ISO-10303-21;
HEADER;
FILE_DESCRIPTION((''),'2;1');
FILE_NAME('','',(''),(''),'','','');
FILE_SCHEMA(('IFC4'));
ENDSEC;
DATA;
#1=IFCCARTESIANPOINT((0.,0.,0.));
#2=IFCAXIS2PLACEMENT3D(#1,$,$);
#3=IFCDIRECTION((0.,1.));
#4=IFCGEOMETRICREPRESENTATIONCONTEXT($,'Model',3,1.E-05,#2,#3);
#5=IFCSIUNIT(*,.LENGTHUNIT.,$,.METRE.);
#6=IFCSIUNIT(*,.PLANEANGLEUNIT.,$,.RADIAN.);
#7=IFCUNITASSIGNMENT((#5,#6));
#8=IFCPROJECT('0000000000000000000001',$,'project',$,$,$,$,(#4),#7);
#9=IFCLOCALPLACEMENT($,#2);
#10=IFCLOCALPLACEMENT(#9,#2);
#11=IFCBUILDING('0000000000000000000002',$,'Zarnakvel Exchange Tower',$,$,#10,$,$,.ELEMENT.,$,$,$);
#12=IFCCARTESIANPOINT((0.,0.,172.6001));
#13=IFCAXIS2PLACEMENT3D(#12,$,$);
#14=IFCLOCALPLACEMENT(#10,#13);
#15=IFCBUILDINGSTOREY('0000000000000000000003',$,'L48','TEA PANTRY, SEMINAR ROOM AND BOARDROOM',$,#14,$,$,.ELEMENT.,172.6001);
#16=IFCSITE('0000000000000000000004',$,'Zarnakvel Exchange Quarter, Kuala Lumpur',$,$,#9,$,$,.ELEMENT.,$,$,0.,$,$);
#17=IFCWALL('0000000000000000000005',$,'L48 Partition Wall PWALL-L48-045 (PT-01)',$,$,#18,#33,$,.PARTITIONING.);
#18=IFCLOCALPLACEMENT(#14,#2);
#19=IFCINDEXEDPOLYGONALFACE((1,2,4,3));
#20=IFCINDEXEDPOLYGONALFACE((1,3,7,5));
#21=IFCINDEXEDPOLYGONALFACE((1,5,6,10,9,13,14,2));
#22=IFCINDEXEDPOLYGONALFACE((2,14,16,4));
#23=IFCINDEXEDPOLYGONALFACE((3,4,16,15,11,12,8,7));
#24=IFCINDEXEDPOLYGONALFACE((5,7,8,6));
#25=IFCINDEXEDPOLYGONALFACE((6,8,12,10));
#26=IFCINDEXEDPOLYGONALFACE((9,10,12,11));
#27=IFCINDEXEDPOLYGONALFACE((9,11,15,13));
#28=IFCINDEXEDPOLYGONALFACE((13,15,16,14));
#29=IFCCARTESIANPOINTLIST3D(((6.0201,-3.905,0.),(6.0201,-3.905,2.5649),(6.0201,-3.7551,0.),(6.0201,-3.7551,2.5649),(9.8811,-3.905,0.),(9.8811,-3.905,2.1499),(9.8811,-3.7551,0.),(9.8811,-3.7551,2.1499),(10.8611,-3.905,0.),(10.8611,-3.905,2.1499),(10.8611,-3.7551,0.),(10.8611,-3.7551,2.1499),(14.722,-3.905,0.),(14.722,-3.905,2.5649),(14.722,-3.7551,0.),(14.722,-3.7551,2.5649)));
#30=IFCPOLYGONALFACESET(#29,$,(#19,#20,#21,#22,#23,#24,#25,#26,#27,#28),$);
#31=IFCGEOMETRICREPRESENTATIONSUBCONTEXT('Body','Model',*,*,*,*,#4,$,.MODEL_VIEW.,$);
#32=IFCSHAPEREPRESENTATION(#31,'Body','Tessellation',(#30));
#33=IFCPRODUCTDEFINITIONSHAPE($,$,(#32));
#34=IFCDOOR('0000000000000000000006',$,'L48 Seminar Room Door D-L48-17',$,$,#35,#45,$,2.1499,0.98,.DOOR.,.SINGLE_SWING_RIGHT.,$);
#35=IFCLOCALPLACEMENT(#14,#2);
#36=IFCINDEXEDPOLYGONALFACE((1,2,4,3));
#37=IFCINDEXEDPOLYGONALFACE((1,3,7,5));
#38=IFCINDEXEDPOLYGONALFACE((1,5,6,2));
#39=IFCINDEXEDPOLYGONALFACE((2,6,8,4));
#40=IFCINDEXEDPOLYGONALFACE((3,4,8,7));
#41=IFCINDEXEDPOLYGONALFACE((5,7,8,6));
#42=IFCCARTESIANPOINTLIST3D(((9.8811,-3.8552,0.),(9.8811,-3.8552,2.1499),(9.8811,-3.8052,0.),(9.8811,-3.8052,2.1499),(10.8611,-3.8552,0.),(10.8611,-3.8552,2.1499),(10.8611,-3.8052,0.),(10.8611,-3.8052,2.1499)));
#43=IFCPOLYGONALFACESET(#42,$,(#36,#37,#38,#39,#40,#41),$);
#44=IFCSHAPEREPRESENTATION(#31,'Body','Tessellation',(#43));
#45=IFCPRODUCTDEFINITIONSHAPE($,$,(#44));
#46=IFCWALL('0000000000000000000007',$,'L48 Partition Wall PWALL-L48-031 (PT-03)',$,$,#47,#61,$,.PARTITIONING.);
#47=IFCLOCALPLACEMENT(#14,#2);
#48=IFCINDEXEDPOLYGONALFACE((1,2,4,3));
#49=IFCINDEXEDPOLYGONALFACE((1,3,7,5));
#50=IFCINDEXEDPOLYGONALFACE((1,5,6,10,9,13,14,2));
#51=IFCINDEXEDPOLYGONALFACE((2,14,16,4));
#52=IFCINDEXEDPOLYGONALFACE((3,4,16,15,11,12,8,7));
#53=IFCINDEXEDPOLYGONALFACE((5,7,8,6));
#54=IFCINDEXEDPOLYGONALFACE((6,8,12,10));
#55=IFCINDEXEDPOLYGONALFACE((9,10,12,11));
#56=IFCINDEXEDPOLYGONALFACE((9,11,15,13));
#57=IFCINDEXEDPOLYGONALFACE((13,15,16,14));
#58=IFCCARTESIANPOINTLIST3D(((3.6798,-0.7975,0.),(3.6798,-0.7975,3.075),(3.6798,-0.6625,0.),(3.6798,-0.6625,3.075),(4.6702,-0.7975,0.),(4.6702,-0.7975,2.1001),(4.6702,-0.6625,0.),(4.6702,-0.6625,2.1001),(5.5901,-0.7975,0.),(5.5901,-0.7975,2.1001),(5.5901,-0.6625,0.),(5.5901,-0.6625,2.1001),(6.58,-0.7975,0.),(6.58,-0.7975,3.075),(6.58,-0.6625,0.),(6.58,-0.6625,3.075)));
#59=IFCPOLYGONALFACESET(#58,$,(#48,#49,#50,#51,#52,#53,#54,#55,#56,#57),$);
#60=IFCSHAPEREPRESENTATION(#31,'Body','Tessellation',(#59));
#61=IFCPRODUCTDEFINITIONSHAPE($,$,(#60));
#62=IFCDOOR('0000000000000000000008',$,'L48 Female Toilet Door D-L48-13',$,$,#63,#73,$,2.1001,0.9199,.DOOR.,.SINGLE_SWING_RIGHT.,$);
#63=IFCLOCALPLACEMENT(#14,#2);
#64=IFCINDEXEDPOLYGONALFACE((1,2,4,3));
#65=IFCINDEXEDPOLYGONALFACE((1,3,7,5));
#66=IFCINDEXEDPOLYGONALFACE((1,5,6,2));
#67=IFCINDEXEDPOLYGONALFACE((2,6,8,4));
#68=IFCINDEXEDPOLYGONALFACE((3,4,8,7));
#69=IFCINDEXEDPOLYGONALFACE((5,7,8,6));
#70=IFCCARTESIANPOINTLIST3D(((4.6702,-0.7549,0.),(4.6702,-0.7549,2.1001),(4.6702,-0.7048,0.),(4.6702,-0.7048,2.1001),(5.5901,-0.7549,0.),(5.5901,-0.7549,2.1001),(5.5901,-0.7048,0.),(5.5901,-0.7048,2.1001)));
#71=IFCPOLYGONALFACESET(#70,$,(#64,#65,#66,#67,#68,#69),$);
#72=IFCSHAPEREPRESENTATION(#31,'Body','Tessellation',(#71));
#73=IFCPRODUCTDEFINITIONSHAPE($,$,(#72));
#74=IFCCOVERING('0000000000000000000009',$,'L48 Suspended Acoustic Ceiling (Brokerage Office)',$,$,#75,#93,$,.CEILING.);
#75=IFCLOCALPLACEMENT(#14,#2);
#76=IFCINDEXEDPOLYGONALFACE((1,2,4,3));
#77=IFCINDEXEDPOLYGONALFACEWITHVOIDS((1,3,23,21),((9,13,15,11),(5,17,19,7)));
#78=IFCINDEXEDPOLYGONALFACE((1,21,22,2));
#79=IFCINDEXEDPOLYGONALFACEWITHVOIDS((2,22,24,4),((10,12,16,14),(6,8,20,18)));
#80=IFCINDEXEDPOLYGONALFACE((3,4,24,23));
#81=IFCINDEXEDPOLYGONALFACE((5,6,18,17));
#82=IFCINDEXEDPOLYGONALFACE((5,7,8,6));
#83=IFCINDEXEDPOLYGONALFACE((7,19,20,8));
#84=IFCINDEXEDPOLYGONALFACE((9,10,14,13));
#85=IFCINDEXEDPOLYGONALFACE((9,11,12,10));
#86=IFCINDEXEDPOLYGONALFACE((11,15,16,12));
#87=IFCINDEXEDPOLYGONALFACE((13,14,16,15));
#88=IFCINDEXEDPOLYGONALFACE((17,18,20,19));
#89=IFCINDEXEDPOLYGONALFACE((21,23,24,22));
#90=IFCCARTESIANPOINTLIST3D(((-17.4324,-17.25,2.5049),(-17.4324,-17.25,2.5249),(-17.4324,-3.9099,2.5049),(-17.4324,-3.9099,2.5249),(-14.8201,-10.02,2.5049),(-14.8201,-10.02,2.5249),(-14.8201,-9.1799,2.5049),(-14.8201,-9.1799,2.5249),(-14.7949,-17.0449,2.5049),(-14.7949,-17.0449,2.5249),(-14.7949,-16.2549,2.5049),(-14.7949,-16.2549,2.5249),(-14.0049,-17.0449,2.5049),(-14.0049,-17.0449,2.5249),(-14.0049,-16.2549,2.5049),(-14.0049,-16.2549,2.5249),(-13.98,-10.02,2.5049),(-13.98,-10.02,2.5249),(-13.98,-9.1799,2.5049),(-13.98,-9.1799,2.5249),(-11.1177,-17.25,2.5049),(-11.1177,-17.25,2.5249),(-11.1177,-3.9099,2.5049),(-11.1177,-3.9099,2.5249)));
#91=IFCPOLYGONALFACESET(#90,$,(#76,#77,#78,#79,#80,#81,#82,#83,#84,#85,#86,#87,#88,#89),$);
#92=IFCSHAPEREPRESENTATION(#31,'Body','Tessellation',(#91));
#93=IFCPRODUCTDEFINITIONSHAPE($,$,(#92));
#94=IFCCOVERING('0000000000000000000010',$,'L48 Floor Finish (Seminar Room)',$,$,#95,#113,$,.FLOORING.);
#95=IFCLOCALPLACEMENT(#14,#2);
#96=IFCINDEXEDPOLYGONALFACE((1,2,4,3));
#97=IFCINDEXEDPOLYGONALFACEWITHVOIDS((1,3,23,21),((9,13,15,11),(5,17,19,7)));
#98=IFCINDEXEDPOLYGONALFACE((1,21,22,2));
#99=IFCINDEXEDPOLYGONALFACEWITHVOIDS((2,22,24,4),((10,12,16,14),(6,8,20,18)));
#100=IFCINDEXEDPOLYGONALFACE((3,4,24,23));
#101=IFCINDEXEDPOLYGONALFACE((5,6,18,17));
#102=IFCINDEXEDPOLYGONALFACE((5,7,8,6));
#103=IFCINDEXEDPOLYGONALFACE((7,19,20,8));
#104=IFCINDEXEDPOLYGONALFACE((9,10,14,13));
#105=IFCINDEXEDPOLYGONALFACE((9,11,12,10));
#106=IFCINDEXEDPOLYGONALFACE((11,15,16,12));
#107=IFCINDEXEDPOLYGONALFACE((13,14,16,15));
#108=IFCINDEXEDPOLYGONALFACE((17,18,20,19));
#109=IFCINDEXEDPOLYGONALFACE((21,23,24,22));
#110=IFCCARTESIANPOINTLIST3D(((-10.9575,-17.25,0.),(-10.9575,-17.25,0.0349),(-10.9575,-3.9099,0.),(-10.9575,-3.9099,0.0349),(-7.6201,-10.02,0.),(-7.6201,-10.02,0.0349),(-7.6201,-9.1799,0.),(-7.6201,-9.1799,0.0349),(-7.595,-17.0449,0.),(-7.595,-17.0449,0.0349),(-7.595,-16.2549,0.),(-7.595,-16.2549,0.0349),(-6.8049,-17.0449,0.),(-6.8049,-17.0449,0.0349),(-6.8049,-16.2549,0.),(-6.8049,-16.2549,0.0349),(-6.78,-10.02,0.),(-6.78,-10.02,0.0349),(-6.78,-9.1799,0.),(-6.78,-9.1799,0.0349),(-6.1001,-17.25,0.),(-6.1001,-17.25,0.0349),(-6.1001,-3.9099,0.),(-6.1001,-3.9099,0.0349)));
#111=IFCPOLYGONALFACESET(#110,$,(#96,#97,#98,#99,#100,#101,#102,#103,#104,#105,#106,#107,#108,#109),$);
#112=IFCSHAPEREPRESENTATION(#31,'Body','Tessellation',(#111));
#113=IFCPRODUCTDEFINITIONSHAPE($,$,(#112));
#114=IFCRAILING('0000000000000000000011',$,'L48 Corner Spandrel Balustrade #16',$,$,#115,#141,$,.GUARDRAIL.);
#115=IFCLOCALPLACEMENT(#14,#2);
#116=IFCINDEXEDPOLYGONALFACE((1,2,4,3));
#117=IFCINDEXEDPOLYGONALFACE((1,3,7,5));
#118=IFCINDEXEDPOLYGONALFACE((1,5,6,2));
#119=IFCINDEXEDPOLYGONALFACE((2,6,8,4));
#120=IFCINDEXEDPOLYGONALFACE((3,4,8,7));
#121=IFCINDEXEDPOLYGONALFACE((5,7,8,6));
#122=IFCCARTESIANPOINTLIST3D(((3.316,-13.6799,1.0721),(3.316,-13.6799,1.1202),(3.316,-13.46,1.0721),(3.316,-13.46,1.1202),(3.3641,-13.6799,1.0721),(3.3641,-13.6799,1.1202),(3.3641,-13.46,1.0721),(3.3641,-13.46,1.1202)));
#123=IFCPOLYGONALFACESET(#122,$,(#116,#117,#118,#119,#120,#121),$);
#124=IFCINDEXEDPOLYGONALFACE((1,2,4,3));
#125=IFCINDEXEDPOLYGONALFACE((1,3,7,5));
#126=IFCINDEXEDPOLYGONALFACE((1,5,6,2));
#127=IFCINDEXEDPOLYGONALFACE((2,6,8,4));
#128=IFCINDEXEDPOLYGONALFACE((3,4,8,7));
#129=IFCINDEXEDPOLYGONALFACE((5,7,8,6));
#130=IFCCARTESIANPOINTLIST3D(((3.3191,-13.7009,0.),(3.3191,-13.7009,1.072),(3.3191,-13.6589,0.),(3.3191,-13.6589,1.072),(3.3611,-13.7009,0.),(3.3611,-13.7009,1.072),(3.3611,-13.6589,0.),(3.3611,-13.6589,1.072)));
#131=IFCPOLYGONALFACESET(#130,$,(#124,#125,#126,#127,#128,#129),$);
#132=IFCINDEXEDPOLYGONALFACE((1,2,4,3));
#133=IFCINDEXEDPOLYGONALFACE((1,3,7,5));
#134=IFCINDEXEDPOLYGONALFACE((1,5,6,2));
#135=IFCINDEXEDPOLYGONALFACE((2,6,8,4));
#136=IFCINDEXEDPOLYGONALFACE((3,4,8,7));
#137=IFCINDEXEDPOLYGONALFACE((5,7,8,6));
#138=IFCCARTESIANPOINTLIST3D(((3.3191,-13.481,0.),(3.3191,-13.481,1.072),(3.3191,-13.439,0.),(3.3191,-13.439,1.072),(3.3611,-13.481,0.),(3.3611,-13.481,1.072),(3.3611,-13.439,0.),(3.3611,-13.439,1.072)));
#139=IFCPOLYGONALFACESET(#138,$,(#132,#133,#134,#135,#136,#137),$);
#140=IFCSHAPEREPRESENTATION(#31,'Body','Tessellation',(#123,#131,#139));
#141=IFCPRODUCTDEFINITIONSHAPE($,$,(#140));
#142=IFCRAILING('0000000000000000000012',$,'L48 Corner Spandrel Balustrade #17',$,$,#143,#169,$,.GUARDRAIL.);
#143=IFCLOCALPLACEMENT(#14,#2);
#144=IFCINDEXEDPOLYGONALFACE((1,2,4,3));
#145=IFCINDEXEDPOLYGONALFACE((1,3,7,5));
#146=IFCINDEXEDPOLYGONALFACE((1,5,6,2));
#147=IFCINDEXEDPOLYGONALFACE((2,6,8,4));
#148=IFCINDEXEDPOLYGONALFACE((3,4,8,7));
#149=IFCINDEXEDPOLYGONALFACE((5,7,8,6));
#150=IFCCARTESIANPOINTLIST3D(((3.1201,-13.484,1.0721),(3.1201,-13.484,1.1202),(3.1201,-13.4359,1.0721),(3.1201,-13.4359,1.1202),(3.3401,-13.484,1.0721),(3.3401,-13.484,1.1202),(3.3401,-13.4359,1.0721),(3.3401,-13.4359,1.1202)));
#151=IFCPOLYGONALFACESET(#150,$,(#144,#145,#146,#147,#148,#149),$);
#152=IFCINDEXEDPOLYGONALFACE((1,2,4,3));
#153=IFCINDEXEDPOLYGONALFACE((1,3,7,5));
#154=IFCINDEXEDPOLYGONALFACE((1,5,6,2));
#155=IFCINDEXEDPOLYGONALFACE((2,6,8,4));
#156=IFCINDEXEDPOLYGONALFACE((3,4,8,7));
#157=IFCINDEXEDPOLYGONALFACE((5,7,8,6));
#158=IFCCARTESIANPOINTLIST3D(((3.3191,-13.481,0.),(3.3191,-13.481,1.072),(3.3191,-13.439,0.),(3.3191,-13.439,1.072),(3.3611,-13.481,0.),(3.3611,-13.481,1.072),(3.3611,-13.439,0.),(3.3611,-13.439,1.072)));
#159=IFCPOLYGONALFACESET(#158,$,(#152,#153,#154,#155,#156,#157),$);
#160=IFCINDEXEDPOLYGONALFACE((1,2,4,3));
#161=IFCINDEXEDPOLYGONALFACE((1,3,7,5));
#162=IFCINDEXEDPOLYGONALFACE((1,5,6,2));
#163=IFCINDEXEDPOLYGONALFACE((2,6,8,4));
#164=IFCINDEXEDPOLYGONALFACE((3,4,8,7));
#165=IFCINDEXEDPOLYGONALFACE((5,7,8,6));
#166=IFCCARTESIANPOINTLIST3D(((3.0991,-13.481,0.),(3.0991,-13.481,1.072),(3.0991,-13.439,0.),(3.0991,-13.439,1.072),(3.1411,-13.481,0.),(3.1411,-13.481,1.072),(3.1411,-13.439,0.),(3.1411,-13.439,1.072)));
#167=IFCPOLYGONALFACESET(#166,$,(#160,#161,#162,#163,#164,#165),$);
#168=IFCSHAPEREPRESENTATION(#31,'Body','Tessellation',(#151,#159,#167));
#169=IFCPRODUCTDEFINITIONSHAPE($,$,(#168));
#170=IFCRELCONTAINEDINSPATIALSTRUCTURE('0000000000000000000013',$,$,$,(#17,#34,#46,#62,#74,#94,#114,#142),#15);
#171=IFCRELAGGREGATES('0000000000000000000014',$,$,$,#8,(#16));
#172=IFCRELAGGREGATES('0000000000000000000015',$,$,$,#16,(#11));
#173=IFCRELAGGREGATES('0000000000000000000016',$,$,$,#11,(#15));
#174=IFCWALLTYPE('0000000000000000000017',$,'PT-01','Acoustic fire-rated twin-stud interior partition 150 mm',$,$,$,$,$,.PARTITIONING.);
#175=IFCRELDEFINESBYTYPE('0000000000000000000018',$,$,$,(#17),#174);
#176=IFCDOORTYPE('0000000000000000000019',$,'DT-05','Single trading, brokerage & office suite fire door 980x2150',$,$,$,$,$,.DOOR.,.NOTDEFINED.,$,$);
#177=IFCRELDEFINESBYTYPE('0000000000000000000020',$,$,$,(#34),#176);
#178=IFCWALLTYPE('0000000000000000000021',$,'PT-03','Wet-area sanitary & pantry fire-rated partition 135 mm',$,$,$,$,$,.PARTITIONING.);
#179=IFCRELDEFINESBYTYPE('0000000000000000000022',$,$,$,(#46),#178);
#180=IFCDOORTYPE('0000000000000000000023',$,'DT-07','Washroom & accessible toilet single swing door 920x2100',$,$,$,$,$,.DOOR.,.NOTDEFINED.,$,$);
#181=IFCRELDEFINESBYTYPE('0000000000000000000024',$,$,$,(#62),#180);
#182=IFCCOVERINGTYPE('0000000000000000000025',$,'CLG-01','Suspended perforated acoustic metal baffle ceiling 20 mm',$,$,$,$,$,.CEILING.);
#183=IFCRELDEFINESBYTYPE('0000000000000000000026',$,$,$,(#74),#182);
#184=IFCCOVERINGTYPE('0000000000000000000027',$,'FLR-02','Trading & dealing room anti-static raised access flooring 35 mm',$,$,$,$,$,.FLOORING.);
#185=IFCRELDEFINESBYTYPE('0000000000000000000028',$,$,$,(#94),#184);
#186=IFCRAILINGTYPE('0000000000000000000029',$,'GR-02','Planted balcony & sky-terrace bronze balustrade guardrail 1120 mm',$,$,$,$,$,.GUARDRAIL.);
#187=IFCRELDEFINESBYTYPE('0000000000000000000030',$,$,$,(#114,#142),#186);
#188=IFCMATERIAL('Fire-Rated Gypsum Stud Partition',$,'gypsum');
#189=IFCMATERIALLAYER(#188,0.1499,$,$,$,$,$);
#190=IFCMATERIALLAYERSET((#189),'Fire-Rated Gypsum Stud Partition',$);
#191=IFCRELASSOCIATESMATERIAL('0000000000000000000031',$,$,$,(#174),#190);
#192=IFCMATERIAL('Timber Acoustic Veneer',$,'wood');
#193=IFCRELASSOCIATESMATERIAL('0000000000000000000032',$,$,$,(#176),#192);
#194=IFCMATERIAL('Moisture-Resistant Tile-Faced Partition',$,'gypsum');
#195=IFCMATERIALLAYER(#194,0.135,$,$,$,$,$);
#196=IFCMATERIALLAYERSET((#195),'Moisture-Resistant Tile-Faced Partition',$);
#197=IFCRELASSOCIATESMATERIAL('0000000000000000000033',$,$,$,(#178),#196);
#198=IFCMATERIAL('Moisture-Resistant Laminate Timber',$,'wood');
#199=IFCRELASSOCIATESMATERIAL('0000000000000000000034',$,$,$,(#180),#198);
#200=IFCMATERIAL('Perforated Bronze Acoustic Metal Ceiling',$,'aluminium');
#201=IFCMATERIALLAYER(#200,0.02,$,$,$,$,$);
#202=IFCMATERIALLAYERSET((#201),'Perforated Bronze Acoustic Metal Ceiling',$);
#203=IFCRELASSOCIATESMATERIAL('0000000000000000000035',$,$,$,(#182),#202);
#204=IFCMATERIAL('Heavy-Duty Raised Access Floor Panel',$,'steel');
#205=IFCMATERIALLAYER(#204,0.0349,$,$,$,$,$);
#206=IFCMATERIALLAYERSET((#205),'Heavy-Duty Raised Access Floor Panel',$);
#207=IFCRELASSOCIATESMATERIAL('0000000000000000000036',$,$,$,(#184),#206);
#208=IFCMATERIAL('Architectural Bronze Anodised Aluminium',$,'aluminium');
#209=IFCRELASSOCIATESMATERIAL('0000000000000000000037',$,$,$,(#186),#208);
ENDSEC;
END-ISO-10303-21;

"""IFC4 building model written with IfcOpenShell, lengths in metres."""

from ifc_helpers import new_model, si_unit, direction, frame, frame_2d, origin, origin_2d, place, context, subcontext, project, spatial, polyline, rectangle, outline, extrude, source, transform, mapped, material, layer, layer_set, type_object, element, fill, save


model = new_model("IFC4")

# Units and contexts
model_context = context("Model", 3, precision=1e-05, world=origin(), true_north=direction((0.0, 1.0)))
body_context = subcontext(model_context, "Body", "Model", "MODEL_VIEW")
ifc_project = project(units=[si_unit("LENGTHUNIT", "METRE"), si_unit("PLANEANGLEUNIT", "RADIAN")], contexts=[model_context])

# Site, building, storey
site_placement = place(None, origin())
site = spatial("IfcSite", under=ifc_project, at=site_placement, Name="Zarnakvel Exchange Quarter, Kuala Lumpur", CompositionType="ELEMENT", RefElevation=0.0)
building_placement = place(site_placement, origin())
building = spatial("IfcBuilding", under=site, at=building_placement, Name="Zarnakvel Exchange Tower", CompositionType="ELEMENT")
storey_placement = place(building_placement, frame((0.0, 0.0, 172.6001)))
storey = spatial("IfcBuildingStorey", under=building, at=storey_placement, Name="L48", Description="TEA PANTRY, SEMINAR ROOM AND BOARDROOM", CompositionType="ELEMENT", Elevation=172.6001)

# Shared definitions
ifc_material_1 = material(Name="Architectural Bronze Anodised Aluminium", Category="aluminium")

# Shared definitions
ifc_material_2 = material(Name="Fire-Rated Gypsum Stud Partition", Category="gypsum")
ifc_layer_1 = layer(ifc_material_2, 0.1499)
ifc_layer_set_1 = layer_set([ifc_layer_1], Name="Fire-Rated Gypsum Stud Partition")
wall_type_1 = type_object("IfcWallType", Name="PT-01", Description="Acoustic fire-rated twin-stud interior partition 150 mm", PredefinedType="PARTITIONING", material=ifc_layer_set_1)

# Walls, openings, doors
wall_1_placement = place(storey_placement, frame((6.02, -3.8301, 0.0), z_axis=(0.0, 0.0, 1.0), x_axis=(1.0, 0.0, 0.0)))
wall_1 = element("IfcWall", 1, at=wall_1_placement, inside=storey, type_object=wall_type_1, Name="L48 Partition Wall PWALL-L48-045 (PT-01)", PredefinedType="PARTITIONING", context=body_context, shape_type="SweptSolid", body=[
    extrude(rectangle(XDim=8.7019, YDim=0.1499, at=frame_2d((4.3511, 0.0))), origin(), (0.0, 0.0, 1.0), 2.5649),
])
opening_1_placement = place(wall_1_placement, frame((3.8611, 0.0, 0.0)))
opening_1 = element("IfcOpeningElement", 2, at=opening_1_placement, cuts=wall_1, PredefinedType="OPENING", context=body_context, shape_type="SweptSolid", body=[
    extrude(rectangle(XDim=0.98, YDim=2.1499, at=frame_2d((0.49, 1.075))), frame((0.0, 0.085, 0.0), z_axis=(0.0, -1.0, 0.0), x_axis=(1.0, 0.0, 0.0)), (0.0, 0.0, 1.0), 0.1699),
])
ifc_material_3 = material(Name="Timber Acoustic Veneer", Category="wood")
door_type_1 = type_object("IfcDoorType", Name="DT-05", Description="Single trading, brokerage & office suite fire door 980x2150", OperationType="NOTDEFINED", PredefinedType="DOOR", material=ifc_material_3)
shared_shape_1 = source(origin(), body_context, "Body", "SweptSolid", [
    extrude(rectangle(XDim=0.98, YDim=2.1499, at=frame_2d((0.49, 1.075))), frame((0.0, 0.0249, 0.0), z_axis=(0.0, -1.0, 0.0), x_axis=(1.0, 0.0, 0.0)), (0.0, 0.0, 1.0), 0.05),
])
door_1_placement = place(opening_1_placement, origin())
door_1 = element("IfcDoor", 3, at=door_1_placement, inside=storey, type_object=door_type_1, Name="L48 Seminar Room Door D-L48-17", OperationType="SINGLE_SWING_RIGHT", OverallHeight=2.1499, OverallWidth=0.98, PredefinedType="DOOR", context=body_context, shape_type="MappedRepresentation", body=[
    mapped(shared_shape_1, transform((0.0, 0.0, 0.0), x_axis=(1.0, 0.0, 0.0), y_axis=(0.0, 1.0, 0.0), z_axis=(0.0, 0.0, 1.0), scale=1.0)),
])
fill(opening_1, door_1)
ifc_material_4 = material(Name="Moisture-Resistant Tile-Faced Partition", Category="gypsum")
ifc_layer_2 = layer(ifc_material_4, 0.135)
ifc_layer_set_2 = layer_set([ifc_layer_2], Name="Moisture-Resistant Tile-Faced Partition")
wall_type_2 = type_object("IfcWallType", Name="PT-03", Description="Wet-area sanitary & pantry fire-rated partition 135 mm", PredefinedType="PARTITIONING", material=ifc_layer_set_2)
wall_2_placement = place(storey_placement, frame((6.5801, -0.73, 0.0), z_axis=(0.0, 0.0, 1.0), x_axis=(-1.0, 0.0, 0.0)))
wall_2 = element("IfcWall", 4, at=wall_2_placement, inside=storey, type_object=wall_type_2, Name="L48 Partition Wall PWALL-L48-031 (PT-03)", PredefinedType="PARTITIONING", context=body_context, shape_type="SweptSolid", body=[
    extrude(rectangle(XDim=2.9001, YDim=0.135, at=frame_2d((1.4502, 0.0))), origin(), (0.0, 0.0, 1.0), 3.075),
])
opening_2_placement = place(wall_2_placement, frame((0.99, 0.0, 0.0)))
opening_2 = element("IfcOpeningElement", 5, at=opening_2_placement, cuts=wall_2, PredefinedType="OPENING", context=body_context, shape_type="SweptSolid", body=[
    extrude(rectangle(XDim=0.9199, YDim=2.1001, at=frame_2d((0.46, 1.05))), frame((0.0, 0.0774, 0.0), z_axis=(0.0, -1.0, 0.0), x_axis=(1.0, 0.0, 0.0)), (0.0, 0.0, 1.0), 0.155),
])
ifc_material_5 = material(Name="Moisture-Resistant Laminate Timber", Category="wood")
door_type_2 = type_object("IfcDoorType", Name="DT-07", Description="Washroom & accessible toilet single swing door 920x2100", OperationType="NOTDEFINED", PredefinedType="DOOR", material=ifc_material_5)
shared_shape_2 = source(origin(), body_context, "Body", "SweptSolid", [
    extrude(rectangle(XDim=0.9199, YDim=2.1001, at=frame_2d((0.46, 1.05))), frame((0.0, 0.0249, 0.0), z_axis=(0.0, -1.0, 0.0), x_axis=(1.0, 0.0, 0.0)), (0.0, 0.0, 1.0), 0.05),
])
door_2_placement = place(opening_2_placement, origin())
door_2 = element("IfcDoor", 6, at=door_2_placement, inside=storey, type_object=door_type_2, Name="L48 Female Toilet Door D-L48-13", OperationType="SINGLE_SWING_RIGHT", OverallHeight=2.1001, OverallWidth=0.9199, PredefinedType="DOOR", context=body_context, shape_type="MappedRepresentation", body=[
    mapped(shared_shape_2, transform((0.0, 0.0, 0.0), x_axis=(1.0, 0.0, 0.0), y_axis=(0.0, 1.0, 0.0), z_axis=(0.0, 0.0, 1.0), scale=1.0)),
])
fill(opening_2, door_2)

# Coverings
ifc_material_6 = material(Name="Perforated Bronze Acoustic Metal Ceiling", Category="aluminium")
ifc_layer_3 = layer(ifc_material_6, 0.02)
ifc_layer_set_3 = layer_set([ifc_layer_3], Name="Perforated Bronze Acoustic Metal Ceiling")
covering_type_1 = type_object("IfcCoveringType", Name="CLG-01", Description="Suspended perforated acoustic metal baffle ceiling 20 mm", PredefinedType="CEILING", material=ifc_layer_set_3)
covering_1_placement = place(storey_placement, frame((0.0, 0.0, 2.5049)))
element("IfcCovering", 7, at=covering_1_placement, inside=storey, type_object=covering_type_1, Name="L48 Suspended Acoustic Ceiling (Brokerage Office)", PredefinedType="CEILING", context=body_context, shape_type="SweptSolid", body=[
    extrude(outline(polyline([(-17.4324, -3.9099), (-11.1177, -3.9099), (-11.1177, -17.25), (-17.4324, -17.25), (-17.4324, -3.9099)]), holes=[polyline([(-13.98, -10.02), (-13.98, -9.1799), (-14.8201, -9.1799), (-14.8201, -10.02), (-13.98, -10.02)]), polyline([(-14.0049, -16.2549), (-14.7949, -16.2549), (-14.7949, -17.0449), (-14.0049, -17.0449), (-14.0049, -16.2549)])]), origin(), (0.0, 0.0, 1.0), 0.02),
])
ifc_material_7 = material(Name="Heavy-Duty Raised Access Floor Panel", Category="steel")
ifc_layer_4 = layer(ifc_material_7, 0.0349)
ifc_layer_set_4 = layer_set([ifc_layer_4], Name="Heavy-Duty Raised Access Floor Panel")
covering_type_2 = type_object("IfcCoveringType", Name="FLR-02", Description="Trading & dealing room anti-static raised access flooring 35 mm", PredefinedType="FLOORING", material=ifc_layer_set_4)
covering_2_placement = place(storey_placement, origin())
element("IfcCovering", 8, at=covering_2_placement, inside=storey, type_object=covering_type_2, Name="L48 Floor Finish (Seminar Room)", PredefinedType="FLOORING", context=body_context, shape_type="SweptSolid", body=[
    extrude(outline(polyline([(-10.9575, -3.9099), (-6.1001, -3.9099), (-6.1001, -17.25), (-10.9575, -17.25), (-10.9575, -3.9099)]), holes=[polyline([(-6.78, -10.02), (-6.78, -9.1799), (-7.6201, -9.1799), (-7.6201, -10.02), (-6.78, -10.02)]), polyline([(-6.8049, -17.0449), (-6.8049, -16.2549), (-7.595, -16.2549), (-7.595, -17.0449), (-6.8049, -17.0449)])]), origin(), (0.0, 0.0, 1.0), 0.0349),
])

# Railings
railing_type = type_object("IfcRailingType", Name="GR-02", Description="Planted balcony & sky-terrace bronze balustrade guardrail 1120 mm", PredefinedType="GUARDRAIL", material=ifc_material_1)
railing_1_placement = place(storey_placement, frame((3.3401, -13.6799, 0.0)))
element("IfcRailing", 9, at=railing_1_placement, inside=storey, type_object=railing_type, Name="L48 Corner Spandrel Balustrade #16", PredefinedType="GUARDRAIL", context=body_context, shape_type="SweptSolid", body=[
    extrude(rectangle(XDim=0.0481, YDim=0.0481, at=origin_2d()), frame((0.0, 0.0, 1.0962), z_axis=(0.0, 1.0, 0.0), x_axis=(-1.0, 0.0, 0.0)), (0.0, 0.0, 1.0), 0.22),
    extrude(rectangle(XDim=0.042, YDim=0.042, at=origin_2d()), origin(), (0.0, 0.0, 1.0), 1.072),
    extrude(rectangle(XDim=0.042, YDim=0.042, at=origin_2d()), frame((0.0, 0.22, 0.0)), (0.0, 0.0, 1.0), 1.072),
])
railing_2_placement = place(storey_placement, frame((3.3401, -13.46, 0.0)))
element("IfcRailing", 10, at=railing_2_placement, inside=storey, type_object=railing_type, Name="L48 Corner Spandrel Balustrade #17", PredefinedType="GUARDRAIL", context=body_context, shape_type="SweptSolid", body=[
    extrude(rectangle(XDim=0.0481, YDim=0.0481, at=origin_2d()), frame((0.0, 0.0, 1.0962), z_axis=(-1.0, 0.0, 0.0), x_axis=(0.0, -1.0, 0.0)), (0.0, 0.0, 1.0), 0.22),
    extrude(rectangle(XDim=0.042, YDim=0.042, at=origin_2d()), origin(), (0.0, 0.0, 1.0), 1.072),
    extrude(rectangle(XDim=0.042, YDim=0.042, at=origin_2d()), frame((-0.22, 0.0, 0.0)), (0.0, 0.0, 1.0), 1.072),
])

save(model, "model.ifc")
